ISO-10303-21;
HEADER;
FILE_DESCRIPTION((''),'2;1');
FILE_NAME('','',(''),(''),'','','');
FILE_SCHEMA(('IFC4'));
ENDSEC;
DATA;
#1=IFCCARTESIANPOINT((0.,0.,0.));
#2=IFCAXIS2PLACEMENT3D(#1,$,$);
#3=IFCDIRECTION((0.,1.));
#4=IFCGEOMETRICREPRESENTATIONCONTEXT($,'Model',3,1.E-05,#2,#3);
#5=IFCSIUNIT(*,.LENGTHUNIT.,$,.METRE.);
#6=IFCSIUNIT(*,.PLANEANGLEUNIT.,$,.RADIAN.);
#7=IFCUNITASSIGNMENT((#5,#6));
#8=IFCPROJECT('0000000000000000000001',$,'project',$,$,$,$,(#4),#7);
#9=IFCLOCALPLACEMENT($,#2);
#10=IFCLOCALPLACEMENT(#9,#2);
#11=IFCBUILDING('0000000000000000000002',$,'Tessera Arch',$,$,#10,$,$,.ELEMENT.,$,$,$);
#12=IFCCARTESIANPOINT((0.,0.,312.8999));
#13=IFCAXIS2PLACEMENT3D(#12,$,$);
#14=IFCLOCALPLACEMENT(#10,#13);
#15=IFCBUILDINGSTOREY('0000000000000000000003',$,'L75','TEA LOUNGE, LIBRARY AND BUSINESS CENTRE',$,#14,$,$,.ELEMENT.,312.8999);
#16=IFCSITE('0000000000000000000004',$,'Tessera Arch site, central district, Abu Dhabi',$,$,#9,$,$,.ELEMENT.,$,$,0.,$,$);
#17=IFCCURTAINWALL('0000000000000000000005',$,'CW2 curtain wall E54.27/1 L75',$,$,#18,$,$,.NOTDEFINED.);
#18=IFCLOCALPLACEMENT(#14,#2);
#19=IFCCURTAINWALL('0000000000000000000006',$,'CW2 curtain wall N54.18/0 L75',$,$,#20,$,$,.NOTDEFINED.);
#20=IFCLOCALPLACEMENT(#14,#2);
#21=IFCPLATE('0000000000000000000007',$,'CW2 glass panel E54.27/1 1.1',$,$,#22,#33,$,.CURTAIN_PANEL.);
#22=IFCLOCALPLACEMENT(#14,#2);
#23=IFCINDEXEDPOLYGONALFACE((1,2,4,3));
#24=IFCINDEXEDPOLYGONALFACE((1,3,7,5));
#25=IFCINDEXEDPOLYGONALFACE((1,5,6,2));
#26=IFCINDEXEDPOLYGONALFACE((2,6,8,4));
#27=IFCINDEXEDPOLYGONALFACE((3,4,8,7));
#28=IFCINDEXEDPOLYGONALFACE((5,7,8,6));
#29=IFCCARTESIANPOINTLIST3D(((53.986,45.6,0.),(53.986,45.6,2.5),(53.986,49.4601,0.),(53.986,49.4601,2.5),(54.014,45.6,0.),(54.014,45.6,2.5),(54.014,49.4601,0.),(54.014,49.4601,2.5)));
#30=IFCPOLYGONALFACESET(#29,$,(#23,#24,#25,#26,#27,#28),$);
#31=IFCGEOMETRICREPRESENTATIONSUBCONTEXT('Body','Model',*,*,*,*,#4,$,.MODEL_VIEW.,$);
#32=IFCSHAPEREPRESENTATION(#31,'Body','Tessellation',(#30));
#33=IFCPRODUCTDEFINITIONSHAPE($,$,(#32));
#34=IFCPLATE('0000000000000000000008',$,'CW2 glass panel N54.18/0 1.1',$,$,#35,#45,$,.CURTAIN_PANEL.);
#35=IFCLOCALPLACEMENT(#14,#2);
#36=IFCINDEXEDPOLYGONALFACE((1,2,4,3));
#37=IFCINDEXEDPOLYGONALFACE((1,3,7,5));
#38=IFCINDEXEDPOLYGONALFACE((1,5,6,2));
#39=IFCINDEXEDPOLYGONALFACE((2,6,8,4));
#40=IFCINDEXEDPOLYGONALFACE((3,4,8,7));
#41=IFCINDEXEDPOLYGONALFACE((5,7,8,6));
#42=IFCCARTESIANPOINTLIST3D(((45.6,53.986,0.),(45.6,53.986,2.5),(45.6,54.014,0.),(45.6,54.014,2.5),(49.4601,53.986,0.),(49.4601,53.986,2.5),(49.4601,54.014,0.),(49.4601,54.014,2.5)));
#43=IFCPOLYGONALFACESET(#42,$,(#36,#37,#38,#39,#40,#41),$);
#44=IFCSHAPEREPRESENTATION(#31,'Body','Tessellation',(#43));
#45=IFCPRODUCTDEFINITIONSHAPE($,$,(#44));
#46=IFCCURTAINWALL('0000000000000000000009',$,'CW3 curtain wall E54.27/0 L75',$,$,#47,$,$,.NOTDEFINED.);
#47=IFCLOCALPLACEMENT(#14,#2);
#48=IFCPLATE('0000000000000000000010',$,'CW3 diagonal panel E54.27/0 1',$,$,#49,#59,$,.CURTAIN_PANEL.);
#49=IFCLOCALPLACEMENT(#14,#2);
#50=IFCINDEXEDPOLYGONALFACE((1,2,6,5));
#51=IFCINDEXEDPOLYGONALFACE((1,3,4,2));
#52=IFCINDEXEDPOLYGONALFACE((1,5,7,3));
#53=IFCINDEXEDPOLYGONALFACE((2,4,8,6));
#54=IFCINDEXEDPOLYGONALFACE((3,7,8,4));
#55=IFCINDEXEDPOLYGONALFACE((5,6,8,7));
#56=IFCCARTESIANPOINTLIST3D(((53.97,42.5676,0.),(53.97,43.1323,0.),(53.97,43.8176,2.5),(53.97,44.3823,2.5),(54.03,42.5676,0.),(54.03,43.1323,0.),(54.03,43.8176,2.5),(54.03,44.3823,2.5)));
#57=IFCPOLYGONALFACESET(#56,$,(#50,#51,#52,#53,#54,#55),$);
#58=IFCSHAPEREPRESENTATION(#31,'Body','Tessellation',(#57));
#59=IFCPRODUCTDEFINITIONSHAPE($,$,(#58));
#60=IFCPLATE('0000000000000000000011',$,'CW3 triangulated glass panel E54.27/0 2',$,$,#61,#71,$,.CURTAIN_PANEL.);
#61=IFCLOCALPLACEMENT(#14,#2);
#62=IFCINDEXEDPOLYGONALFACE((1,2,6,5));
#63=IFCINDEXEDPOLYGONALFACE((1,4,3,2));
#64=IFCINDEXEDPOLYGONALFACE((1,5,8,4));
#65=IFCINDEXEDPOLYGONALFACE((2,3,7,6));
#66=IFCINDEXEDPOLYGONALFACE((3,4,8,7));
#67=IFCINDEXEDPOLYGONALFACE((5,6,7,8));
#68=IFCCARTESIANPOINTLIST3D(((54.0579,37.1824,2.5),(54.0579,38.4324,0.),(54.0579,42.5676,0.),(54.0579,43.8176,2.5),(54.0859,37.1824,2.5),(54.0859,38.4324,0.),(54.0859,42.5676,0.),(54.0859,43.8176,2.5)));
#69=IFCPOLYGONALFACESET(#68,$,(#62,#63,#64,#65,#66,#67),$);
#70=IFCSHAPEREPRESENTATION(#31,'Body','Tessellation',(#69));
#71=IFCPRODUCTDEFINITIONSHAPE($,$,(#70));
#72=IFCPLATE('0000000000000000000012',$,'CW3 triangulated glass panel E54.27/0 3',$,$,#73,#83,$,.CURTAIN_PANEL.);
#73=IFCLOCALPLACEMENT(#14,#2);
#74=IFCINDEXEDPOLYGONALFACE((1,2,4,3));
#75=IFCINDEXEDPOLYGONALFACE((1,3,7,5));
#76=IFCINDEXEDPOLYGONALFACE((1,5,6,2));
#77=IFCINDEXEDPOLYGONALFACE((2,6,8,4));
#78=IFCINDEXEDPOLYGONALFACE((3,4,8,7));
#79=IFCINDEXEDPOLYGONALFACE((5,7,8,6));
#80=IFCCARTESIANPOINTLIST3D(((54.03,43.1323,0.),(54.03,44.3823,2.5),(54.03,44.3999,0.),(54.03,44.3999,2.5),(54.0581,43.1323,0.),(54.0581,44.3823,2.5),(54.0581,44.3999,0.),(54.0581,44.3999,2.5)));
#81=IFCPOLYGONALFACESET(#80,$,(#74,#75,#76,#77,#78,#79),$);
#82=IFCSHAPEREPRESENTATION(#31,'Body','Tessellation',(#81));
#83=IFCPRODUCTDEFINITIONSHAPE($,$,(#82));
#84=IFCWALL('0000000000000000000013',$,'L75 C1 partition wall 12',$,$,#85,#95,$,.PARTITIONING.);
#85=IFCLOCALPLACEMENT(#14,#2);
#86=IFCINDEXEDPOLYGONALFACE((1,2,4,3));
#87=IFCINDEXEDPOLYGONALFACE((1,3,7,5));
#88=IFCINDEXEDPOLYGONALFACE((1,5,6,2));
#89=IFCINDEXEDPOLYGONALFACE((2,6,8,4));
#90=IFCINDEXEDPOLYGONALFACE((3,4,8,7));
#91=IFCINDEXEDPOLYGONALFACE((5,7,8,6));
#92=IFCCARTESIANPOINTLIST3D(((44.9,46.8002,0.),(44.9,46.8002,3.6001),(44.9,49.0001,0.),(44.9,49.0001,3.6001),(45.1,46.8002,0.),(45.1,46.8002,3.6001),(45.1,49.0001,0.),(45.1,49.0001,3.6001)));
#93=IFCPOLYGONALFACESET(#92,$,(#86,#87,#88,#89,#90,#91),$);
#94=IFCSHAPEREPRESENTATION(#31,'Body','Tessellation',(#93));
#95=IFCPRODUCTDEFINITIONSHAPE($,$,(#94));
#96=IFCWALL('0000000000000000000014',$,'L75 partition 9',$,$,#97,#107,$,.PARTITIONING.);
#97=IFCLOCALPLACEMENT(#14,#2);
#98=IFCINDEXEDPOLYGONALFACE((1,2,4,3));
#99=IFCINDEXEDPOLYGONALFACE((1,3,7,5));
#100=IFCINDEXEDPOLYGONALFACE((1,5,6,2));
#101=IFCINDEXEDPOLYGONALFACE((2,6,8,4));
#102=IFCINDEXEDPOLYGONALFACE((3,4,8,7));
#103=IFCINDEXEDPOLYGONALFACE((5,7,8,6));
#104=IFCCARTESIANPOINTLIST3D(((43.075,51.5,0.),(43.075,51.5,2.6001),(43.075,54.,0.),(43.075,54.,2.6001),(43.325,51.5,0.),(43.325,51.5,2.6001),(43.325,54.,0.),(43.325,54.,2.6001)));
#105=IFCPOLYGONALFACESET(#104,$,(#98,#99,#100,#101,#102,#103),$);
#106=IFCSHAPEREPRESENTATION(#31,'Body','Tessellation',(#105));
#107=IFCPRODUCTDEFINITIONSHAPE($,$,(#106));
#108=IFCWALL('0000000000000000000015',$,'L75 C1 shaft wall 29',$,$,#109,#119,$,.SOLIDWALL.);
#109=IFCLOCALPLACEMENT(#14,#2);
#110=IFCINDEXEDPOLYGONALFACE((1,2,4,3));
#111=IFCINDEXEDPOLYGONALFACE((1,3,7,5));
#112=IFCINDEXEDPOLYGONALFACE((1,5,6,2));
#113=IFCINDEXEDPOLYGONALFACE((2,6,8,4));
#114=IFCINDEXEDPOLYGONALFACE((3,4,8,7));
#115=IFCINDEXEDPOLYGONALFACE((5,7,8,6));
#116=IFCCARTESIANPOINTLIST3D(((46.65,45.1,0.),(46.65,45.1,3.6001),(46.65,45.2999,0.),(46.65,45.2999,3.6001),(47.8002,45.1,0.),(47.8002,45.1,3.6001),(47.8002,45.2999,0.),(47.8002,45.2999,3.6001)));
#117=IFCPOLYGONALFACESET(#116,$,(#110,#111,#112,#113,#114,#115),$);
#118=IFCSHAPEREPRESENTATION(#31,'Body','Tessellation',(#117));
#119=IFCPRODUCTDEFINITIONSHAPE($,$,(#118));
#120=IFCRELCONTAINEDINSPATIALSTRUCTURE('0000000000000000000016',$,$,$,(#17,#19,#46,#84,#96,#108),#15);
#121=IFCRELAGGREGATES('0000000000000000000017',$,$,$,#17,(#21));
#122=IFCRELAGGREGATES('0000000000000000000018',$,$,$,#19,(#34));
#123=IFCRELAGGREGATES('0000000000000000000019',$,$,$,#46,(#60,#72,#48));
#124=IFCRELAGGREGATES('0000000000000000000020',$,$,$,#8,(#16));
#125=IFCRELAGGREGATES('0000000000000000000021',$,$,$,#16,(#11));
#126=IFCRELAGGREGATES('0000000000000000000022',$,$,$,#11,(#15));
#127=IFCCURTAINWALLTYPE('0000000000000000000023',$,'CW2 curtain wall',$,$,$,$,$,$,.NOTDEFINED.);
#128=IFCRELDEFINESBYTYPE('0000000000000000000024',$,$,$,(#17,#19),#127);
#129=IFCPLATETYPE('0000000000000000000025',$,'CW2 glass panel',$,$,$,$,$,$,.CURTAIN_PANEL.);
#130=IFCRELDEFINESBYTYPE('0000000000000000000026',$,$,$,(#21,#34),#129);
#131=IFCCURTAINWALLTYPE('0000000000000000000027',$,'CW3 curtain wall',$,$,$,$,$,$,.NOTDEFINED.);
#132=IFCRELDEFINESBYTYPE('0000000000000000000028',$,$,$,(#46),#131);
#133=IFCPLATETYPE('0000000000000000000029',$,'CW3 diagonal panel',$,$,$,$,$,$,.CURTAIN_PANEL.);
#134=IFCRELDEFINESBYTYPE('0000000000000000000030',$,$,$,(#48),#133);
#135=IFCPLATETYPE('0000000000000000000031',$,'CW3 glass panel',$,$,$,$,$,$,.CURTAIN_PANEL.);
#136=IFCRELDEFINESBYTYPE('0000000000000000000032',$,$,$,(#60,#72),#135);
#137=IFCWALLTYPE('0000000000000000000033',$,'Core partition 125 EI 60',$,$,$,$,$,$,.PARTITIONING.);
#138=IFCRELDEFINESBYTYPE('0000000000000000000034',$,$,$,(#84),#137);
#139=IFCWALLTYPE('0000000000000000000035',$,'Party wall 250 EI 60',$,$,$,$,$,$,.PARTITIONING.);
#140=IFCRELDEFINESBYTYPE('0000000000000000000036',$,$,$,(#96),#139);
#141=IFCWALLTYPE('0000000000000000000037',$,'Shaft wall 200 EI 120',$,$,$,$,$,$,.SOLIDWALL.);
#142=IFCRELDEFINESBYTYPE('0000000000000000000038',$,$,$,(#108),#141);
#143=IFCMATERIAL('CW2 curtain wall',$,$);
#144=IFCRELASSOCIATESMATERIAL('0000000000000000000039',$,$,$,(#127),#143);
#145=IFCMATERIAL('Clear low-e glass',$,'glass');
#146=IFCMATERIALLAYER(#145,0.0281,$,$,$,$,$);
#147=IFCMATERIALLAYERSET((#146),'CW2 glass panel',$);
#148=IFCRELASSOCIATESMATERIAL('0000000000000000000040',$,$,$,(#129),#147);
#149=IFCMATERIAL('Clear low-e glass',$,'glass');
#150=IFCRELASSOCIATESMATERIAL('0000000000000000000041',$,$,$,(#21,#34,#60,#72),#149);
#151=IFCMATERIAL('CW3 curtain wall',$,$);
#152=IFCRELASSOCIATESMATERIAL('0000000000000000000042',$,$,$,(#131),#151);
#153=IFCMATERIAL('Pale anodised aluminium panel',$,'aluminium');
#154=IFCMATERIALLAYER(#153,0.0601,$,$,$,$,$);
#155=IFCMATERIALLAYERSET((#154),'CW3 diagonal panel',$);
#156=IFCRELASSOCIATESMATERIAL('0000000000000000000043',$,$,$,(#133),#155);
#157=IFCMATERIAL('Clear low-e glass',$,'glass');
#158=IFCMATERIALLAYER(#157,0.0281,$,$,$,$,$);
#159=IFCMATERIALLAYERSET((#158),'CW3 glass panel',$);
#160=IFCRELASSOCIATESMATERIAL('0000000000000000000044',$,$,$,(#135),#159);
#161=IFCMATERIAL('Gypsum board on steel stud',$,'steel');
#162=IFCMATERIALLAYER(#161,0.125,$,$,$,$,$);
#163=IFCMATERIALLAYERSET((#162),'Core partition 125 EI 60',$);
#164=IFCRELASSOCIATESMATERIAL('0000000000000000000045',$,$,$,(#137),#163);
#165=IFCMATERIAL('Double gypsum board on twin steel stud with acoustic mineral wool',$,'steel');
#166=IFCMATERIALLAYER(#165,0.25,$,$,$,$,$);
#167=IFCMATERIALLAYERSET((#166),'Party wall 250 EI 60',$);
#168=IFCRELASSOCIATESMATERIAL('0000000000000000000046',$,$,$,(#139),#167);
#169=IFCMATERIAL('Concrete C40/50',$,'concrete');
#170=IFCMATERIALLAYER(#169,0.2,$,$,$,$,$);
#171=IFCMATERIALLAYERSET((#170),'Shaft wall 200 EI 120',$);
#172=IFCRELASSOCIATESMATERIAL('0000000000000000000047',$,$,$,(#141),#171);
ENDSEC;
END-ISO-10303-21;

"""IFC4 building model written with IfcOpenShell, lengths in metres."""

from ifc_helpers import new_model, si_unit, direction, frame, frame_2d, origin, origin_2d, place, context, subcontext, project, spatial, polyline, rectangle, outline, extrude, material, layer, layer_set, type_object, element, aggregate, save


model = new_model("IFC4")

# Units and contexts
model_context = context("Model", 3, precision=1e-05, world=origin(), true_north=direction((0.0, 1.0)))
body_context = subcontext(model_context, "Body", "Model", "MODEL_VIEW")
ifc_project = project(units=[si_unit("LENGTHUNIT", "METRE"), si_unit("PLANEANGLEUNIT", "RADIAN")], contexts=[model_context])

# Site, building, storey
site_placement = place(None, origin())
site = spatial("IfcSite", under=ifc_project, at=site_placement, Name="Tessera Arch site, central district, Abu Dhabi", CompositionType="ELEMENT", RefElevation=0.0)
building_placement = place(site_placement, origin())
building = spatial("IfcBuilding", under=site, at=building_placement, Name="Tessera Arch", CompositionType="ELEMENT")
storey_placement = place(building_placement, frame((0.0, 0.0, 312.8999)))
storey = spatial("IfcBuildingStorey", under=building, at=storey_placement, Name="L75", Description="TEA LOUNGE, LIBRARY AND BUSINESS CENTRE", CompositionType="ELEMENT", Elevation=312.8999)

# Curtain walls
ifc_material_1 = material(Name="CW2 curtain wall")
curtain_wall_type_1 = type_object("IfcCurtainWallType", Name="CW2 curtain wall", PredefinedType="NOTDEFINED", material=ifc_material_1)
curtain_wall_1_placement = place(storey_placement, origin())
curtain_wall_1 = element("IfcCurtainWall", 1, at=curtain_wall_1_placement, inside=storey, type_object=curtain_wall_type_1, Name="CW2 curtain wall E54.27/1 L75", PredefinedType="NOTDEFINED")
curtain_wall_2_placement = place(storey_placement, origin())
curtain_wall_2 = element("IfcCurtainWall", 2, at=curtain_wall_2_placement, inside=storey, type_object=curtain_wall_type_1, Name="CW2 curtain wall N54.18/0 L75", PredefinedType="NOTDEFINED")

# Plates
ifc_material_2 = material(Name="Clear low-e glass", Category="glass")
ifc_material_3 = material(Name="Clear low-e glass", Category="glass")
ifc_layer_1 = layer(ifc_material_3, 0.0281)
ifc_layer_set_1 = layer_set([ifc_layer_1], Name="CW2 glass panel")
plate_type_1 = type_object("IfcPlateType", Name="CW2 glass panel", PredefinedType="CURTAIN_PANEL", material=ifc_layer_set_1)
plate_1_placement = place(storey_placement, frame((54.0, 47.53, 0.0), z_axis=(0.0, 0.0, 1.0), x_axis=(0.0, 1.0, 0.0)))
plate_1 = element("IfcPlate", 3, at=plate_1_placement, type_object=plate_type_1, material=ifc_material_2, Name="CW2 glass panel E54.27/1 1.1", PredefinedType="CURTAIN_PANEL", context=body_context, shape_type="SweptSolid", body=[
    extrude(rectangle(XDim=3.8601, YDim=0.0281, at=origin_2d()), origin(), (0.0, 0.0, 1.0), 2.5),
])
aggregate(curtain_wall_1, [plate_1])
plate_2_placement = place(storey_placement, frame((47.53, 54.0, 0.0), z_axis=(0.0, 0.0, 1.0), x_axis=(-1.0, 0.0, 0.0)))
plate_2 = element("IfcPlate", 4, at=plate_2_placement, type_object=plate_type_1, material=ifc_material_2, Name="CW2 glass panel N54.18/0 1.1", PredefinedType="CURTAIN_PANEL", context=body_context, shape_type="SweptSolid", body=[
    extrude(rectangle(XDim=3.8601, YDim=0.0281, at=origin_2d()), origin(), (0.0, 0.0, 1.0), 2.5),
])
aggregate(curtain_wall_2, [plate_2])

# Curtain wall, plates
ifc_material_4 = material(Name="CW3 curtain wall")
curtain_wall_type_2 = type_object("IfcCurtainWallType", Name="CW3 curtain wall", PredefinedType="NOTDEFINED", material=ifc_material_4)
curtain_wall_3_placement = place(storey_placement, origin())
curtain_wall_3 = element("IfcCurtainWall", 5, at=curtain_wall_3_placement, inside=storey, type_object=curtain_wall_type_2, Name="CW3 curtain wall E54.27/0 L75", PredefinedType="NOTDEFINED")
ifc_material_5 = material(Name="Pale anodised aluminium panel", Category="aluminium")
ifc_layer_2 = layer(ifc_material_5, 0.0601)
ifc_layer_set_2 = layer_set([ifc_layer_2], Name="CW3 diagonal panel")
plate_type_2 = type_object("IfcPlateType", Name="CW3 diagonal panel", PredefinedType="CURTAIN_PANEL", material=ifc_layer_set_2)
plate_3_placement = place(storey_placement, frame((54.03, 44.3823, 2.5), z_axis=(1.0, 0.0, 0.0), x_axis=(0.0, -1.0, 0.0)))
plate_3 = element("IfcPlate", 6, at=plate_3_placement, type_object=plate_type_2, Name="CW3 diagonal panel E54.27/0 1", PredefinedType="CURTAIN_PANEL", context=body_context, shape_type="SweptSolid", body=[
    extrude(outline(polyline([(0.0, 0.0), (0.5647, 0.0), (1.8147, 2.5), (1.25, 2.5), (0.0, 0.0)])), origin(), (0.0, 0.0, -1.0), 0.0601),
])
ifc_material_6 = material(Name="Clear low-e glass", Category="glass")
ifc_layer_3 = layer(ifc_material_6, 0.0281)
ifc_layer_set_3 = layer_set([ifc_layer_3], Name="CW3 glass panel")
plate_type_3 = type_object("IfcPlateType", Name="CW3 glass panel", PredefinedType="CURTAIN_PANEL", material=ifc_layer_set_3)
plate_4_placement = place(storey_placement, frame((54.0859, 43.8176, 2.5), z_axis=(1.0, 0.0, 0.0), x_axis=(0.0, -1.0, 0.0)))
plate_4 = element("IfcPlate", 7, at=plate_4_placement, type_object=plate_type_3, material=ifc_material_2, Name="CW3 triangulated glass panel E54.27/0 2", PredefinedType="CURTAIN_PANEL", context=body_context, shape_type="SweptSolid", body=[
    extrude(outline(polyline([(0.0, 0.0), (6.6353, 0.0), (5.3853, 2.5), (1.25, 2.5), (0.0, 0.0)])), origin(), (0.0, 0.0, -1.0), 0.0281),
])
plate_5_placement = place(storey_placement, frame((54.0581, 44.3999, 2.5), z_axis=(1.0, 0.0, 0.0), x_axis=(0.0, -1.0, 0.0)))
plate_5 = element("IfcPlate", 8, at=plate_5_placement, type_object=plate_type_3, material=ifc_material_2, Name="CW3 triangulated glass panel E54.27/0 3", PredefinedType="CURTAIN_PANEL", context=body_context, shape_type="SweptSolid", body=[
    extrude(outline(polyline([(0.0, 0.0), (0.0176, 0.0), (1.2676, 2.5), (0.0, 2.5), (0.0, 0.0)])), origin(), (0.0, 0.0, -1.0), 0.0281),
])
aggregate(curtain_wall_3, [plate_4, plate_5, plate_3])

# Walls
ifc_material_7 = material(Name="Gypsum board on steel stud", Category="steel")
ifc_layer_4 = layer(ifc_material_7, 0.125)
ifc_layer_set_4 = layer_set([ifc_layer_4], Name="Core partition 125 EI 60")
wall_type_1 = type_object("IfcWallType", Name="Core partition 125 EI 60", PredefinedType="PARTITIONING", material=ifc_layer_set_4)
wall_1_placement = place(storey_placement, frame((45.0, 46.8, 0.0), z_axis=(0.0, 0.0, 1.0), x_axis=(0.0, 1.0, 0.0)))
element("IfcWall", 9, at=wall_1_placement, inside=storey, type_object=wall_type_1, Name="L75 C1 partition wall 12", PredefinedType="PARTITIONING", context=body_context, shape_type="SweptSolid", body=[
    extrude(rectangle(XDim=2.2, YDim=0.2, at=frame_2d((1.1001, 0.0))), origin(), (0.0, 0.0, 1.0), 3.6001),
])
ifc_material_8 = material(Name="Double gypsum board on twin steel stud with acoustic mineral wool", Category="steel")
ifc_layer_5 = layer(ifc_material_8, 0.25)
ifc_layer_set_5 = layer_set([ifc_layer_5], Name="Party wall 250 EI 60")
wall_type_2 = type_object("IfcWallType", Name="Party wall 250 EI 60", PredefinedType="PARTITIONING", material=ifc_layer_set_5)
wall_2_placement = place(storey_placement, frame((43.2, 51.5, 0.0), z_axis=(0.0, 0.0, 1.0), x_axis=(0.0, 1.0, 0.0)))
element("IfcWall", 10, at=wall_2_placement, inside=storey, type_object=wall_type_2, Name="L75 partition 9", PredefinedType="PARTITIONING", context=body_context, shape_type="SweptSolid", body=[
    extrude(rectangle(XDim=2.5, YDim=0.25, at=frame_2d((1.25, 0.0))), origin(), (0.0, 0.0, 1.0), 2.6001),
])
ifc_material_9 = material(Name="Concrete C40/50", Category="concrete")
ifc_layer_6 = layer(ifc_material_9, 0.2)
ifc_layer_set_6 = layer_set([ifc_layer_6], Name="Shaft wall 200 EI 120")
wall_type_3 = type_object("IfcWallType", Name="Shaft wall 200 EI 120", PredefinedType="SOLIDWALL", material=ifc_layer_set_6)
wall_3_placement = place(storey_placement, frame((46.6499, 45.2, 0.0), z_axis=(0.0, 0.0, 1.0), x_axis=(1.0, 0.0, 0.0)))
element("IfcWall", 11, at=wall_3_placement, inside=storey, type_object=wall_type_3, Name="L75 C1 shaft wall 29", PredefinedType="SOLIDWALL", context=body_context, shape_type="SweptSolid", body=[
    extrude(rectangle(XDim=1.1501, YDim=0.2, at=frame_2d((0.5752, 0.0))), origin(), (0.0, 0.0, 1.0), 3.6001),
])

save(model, "model.ifc")
